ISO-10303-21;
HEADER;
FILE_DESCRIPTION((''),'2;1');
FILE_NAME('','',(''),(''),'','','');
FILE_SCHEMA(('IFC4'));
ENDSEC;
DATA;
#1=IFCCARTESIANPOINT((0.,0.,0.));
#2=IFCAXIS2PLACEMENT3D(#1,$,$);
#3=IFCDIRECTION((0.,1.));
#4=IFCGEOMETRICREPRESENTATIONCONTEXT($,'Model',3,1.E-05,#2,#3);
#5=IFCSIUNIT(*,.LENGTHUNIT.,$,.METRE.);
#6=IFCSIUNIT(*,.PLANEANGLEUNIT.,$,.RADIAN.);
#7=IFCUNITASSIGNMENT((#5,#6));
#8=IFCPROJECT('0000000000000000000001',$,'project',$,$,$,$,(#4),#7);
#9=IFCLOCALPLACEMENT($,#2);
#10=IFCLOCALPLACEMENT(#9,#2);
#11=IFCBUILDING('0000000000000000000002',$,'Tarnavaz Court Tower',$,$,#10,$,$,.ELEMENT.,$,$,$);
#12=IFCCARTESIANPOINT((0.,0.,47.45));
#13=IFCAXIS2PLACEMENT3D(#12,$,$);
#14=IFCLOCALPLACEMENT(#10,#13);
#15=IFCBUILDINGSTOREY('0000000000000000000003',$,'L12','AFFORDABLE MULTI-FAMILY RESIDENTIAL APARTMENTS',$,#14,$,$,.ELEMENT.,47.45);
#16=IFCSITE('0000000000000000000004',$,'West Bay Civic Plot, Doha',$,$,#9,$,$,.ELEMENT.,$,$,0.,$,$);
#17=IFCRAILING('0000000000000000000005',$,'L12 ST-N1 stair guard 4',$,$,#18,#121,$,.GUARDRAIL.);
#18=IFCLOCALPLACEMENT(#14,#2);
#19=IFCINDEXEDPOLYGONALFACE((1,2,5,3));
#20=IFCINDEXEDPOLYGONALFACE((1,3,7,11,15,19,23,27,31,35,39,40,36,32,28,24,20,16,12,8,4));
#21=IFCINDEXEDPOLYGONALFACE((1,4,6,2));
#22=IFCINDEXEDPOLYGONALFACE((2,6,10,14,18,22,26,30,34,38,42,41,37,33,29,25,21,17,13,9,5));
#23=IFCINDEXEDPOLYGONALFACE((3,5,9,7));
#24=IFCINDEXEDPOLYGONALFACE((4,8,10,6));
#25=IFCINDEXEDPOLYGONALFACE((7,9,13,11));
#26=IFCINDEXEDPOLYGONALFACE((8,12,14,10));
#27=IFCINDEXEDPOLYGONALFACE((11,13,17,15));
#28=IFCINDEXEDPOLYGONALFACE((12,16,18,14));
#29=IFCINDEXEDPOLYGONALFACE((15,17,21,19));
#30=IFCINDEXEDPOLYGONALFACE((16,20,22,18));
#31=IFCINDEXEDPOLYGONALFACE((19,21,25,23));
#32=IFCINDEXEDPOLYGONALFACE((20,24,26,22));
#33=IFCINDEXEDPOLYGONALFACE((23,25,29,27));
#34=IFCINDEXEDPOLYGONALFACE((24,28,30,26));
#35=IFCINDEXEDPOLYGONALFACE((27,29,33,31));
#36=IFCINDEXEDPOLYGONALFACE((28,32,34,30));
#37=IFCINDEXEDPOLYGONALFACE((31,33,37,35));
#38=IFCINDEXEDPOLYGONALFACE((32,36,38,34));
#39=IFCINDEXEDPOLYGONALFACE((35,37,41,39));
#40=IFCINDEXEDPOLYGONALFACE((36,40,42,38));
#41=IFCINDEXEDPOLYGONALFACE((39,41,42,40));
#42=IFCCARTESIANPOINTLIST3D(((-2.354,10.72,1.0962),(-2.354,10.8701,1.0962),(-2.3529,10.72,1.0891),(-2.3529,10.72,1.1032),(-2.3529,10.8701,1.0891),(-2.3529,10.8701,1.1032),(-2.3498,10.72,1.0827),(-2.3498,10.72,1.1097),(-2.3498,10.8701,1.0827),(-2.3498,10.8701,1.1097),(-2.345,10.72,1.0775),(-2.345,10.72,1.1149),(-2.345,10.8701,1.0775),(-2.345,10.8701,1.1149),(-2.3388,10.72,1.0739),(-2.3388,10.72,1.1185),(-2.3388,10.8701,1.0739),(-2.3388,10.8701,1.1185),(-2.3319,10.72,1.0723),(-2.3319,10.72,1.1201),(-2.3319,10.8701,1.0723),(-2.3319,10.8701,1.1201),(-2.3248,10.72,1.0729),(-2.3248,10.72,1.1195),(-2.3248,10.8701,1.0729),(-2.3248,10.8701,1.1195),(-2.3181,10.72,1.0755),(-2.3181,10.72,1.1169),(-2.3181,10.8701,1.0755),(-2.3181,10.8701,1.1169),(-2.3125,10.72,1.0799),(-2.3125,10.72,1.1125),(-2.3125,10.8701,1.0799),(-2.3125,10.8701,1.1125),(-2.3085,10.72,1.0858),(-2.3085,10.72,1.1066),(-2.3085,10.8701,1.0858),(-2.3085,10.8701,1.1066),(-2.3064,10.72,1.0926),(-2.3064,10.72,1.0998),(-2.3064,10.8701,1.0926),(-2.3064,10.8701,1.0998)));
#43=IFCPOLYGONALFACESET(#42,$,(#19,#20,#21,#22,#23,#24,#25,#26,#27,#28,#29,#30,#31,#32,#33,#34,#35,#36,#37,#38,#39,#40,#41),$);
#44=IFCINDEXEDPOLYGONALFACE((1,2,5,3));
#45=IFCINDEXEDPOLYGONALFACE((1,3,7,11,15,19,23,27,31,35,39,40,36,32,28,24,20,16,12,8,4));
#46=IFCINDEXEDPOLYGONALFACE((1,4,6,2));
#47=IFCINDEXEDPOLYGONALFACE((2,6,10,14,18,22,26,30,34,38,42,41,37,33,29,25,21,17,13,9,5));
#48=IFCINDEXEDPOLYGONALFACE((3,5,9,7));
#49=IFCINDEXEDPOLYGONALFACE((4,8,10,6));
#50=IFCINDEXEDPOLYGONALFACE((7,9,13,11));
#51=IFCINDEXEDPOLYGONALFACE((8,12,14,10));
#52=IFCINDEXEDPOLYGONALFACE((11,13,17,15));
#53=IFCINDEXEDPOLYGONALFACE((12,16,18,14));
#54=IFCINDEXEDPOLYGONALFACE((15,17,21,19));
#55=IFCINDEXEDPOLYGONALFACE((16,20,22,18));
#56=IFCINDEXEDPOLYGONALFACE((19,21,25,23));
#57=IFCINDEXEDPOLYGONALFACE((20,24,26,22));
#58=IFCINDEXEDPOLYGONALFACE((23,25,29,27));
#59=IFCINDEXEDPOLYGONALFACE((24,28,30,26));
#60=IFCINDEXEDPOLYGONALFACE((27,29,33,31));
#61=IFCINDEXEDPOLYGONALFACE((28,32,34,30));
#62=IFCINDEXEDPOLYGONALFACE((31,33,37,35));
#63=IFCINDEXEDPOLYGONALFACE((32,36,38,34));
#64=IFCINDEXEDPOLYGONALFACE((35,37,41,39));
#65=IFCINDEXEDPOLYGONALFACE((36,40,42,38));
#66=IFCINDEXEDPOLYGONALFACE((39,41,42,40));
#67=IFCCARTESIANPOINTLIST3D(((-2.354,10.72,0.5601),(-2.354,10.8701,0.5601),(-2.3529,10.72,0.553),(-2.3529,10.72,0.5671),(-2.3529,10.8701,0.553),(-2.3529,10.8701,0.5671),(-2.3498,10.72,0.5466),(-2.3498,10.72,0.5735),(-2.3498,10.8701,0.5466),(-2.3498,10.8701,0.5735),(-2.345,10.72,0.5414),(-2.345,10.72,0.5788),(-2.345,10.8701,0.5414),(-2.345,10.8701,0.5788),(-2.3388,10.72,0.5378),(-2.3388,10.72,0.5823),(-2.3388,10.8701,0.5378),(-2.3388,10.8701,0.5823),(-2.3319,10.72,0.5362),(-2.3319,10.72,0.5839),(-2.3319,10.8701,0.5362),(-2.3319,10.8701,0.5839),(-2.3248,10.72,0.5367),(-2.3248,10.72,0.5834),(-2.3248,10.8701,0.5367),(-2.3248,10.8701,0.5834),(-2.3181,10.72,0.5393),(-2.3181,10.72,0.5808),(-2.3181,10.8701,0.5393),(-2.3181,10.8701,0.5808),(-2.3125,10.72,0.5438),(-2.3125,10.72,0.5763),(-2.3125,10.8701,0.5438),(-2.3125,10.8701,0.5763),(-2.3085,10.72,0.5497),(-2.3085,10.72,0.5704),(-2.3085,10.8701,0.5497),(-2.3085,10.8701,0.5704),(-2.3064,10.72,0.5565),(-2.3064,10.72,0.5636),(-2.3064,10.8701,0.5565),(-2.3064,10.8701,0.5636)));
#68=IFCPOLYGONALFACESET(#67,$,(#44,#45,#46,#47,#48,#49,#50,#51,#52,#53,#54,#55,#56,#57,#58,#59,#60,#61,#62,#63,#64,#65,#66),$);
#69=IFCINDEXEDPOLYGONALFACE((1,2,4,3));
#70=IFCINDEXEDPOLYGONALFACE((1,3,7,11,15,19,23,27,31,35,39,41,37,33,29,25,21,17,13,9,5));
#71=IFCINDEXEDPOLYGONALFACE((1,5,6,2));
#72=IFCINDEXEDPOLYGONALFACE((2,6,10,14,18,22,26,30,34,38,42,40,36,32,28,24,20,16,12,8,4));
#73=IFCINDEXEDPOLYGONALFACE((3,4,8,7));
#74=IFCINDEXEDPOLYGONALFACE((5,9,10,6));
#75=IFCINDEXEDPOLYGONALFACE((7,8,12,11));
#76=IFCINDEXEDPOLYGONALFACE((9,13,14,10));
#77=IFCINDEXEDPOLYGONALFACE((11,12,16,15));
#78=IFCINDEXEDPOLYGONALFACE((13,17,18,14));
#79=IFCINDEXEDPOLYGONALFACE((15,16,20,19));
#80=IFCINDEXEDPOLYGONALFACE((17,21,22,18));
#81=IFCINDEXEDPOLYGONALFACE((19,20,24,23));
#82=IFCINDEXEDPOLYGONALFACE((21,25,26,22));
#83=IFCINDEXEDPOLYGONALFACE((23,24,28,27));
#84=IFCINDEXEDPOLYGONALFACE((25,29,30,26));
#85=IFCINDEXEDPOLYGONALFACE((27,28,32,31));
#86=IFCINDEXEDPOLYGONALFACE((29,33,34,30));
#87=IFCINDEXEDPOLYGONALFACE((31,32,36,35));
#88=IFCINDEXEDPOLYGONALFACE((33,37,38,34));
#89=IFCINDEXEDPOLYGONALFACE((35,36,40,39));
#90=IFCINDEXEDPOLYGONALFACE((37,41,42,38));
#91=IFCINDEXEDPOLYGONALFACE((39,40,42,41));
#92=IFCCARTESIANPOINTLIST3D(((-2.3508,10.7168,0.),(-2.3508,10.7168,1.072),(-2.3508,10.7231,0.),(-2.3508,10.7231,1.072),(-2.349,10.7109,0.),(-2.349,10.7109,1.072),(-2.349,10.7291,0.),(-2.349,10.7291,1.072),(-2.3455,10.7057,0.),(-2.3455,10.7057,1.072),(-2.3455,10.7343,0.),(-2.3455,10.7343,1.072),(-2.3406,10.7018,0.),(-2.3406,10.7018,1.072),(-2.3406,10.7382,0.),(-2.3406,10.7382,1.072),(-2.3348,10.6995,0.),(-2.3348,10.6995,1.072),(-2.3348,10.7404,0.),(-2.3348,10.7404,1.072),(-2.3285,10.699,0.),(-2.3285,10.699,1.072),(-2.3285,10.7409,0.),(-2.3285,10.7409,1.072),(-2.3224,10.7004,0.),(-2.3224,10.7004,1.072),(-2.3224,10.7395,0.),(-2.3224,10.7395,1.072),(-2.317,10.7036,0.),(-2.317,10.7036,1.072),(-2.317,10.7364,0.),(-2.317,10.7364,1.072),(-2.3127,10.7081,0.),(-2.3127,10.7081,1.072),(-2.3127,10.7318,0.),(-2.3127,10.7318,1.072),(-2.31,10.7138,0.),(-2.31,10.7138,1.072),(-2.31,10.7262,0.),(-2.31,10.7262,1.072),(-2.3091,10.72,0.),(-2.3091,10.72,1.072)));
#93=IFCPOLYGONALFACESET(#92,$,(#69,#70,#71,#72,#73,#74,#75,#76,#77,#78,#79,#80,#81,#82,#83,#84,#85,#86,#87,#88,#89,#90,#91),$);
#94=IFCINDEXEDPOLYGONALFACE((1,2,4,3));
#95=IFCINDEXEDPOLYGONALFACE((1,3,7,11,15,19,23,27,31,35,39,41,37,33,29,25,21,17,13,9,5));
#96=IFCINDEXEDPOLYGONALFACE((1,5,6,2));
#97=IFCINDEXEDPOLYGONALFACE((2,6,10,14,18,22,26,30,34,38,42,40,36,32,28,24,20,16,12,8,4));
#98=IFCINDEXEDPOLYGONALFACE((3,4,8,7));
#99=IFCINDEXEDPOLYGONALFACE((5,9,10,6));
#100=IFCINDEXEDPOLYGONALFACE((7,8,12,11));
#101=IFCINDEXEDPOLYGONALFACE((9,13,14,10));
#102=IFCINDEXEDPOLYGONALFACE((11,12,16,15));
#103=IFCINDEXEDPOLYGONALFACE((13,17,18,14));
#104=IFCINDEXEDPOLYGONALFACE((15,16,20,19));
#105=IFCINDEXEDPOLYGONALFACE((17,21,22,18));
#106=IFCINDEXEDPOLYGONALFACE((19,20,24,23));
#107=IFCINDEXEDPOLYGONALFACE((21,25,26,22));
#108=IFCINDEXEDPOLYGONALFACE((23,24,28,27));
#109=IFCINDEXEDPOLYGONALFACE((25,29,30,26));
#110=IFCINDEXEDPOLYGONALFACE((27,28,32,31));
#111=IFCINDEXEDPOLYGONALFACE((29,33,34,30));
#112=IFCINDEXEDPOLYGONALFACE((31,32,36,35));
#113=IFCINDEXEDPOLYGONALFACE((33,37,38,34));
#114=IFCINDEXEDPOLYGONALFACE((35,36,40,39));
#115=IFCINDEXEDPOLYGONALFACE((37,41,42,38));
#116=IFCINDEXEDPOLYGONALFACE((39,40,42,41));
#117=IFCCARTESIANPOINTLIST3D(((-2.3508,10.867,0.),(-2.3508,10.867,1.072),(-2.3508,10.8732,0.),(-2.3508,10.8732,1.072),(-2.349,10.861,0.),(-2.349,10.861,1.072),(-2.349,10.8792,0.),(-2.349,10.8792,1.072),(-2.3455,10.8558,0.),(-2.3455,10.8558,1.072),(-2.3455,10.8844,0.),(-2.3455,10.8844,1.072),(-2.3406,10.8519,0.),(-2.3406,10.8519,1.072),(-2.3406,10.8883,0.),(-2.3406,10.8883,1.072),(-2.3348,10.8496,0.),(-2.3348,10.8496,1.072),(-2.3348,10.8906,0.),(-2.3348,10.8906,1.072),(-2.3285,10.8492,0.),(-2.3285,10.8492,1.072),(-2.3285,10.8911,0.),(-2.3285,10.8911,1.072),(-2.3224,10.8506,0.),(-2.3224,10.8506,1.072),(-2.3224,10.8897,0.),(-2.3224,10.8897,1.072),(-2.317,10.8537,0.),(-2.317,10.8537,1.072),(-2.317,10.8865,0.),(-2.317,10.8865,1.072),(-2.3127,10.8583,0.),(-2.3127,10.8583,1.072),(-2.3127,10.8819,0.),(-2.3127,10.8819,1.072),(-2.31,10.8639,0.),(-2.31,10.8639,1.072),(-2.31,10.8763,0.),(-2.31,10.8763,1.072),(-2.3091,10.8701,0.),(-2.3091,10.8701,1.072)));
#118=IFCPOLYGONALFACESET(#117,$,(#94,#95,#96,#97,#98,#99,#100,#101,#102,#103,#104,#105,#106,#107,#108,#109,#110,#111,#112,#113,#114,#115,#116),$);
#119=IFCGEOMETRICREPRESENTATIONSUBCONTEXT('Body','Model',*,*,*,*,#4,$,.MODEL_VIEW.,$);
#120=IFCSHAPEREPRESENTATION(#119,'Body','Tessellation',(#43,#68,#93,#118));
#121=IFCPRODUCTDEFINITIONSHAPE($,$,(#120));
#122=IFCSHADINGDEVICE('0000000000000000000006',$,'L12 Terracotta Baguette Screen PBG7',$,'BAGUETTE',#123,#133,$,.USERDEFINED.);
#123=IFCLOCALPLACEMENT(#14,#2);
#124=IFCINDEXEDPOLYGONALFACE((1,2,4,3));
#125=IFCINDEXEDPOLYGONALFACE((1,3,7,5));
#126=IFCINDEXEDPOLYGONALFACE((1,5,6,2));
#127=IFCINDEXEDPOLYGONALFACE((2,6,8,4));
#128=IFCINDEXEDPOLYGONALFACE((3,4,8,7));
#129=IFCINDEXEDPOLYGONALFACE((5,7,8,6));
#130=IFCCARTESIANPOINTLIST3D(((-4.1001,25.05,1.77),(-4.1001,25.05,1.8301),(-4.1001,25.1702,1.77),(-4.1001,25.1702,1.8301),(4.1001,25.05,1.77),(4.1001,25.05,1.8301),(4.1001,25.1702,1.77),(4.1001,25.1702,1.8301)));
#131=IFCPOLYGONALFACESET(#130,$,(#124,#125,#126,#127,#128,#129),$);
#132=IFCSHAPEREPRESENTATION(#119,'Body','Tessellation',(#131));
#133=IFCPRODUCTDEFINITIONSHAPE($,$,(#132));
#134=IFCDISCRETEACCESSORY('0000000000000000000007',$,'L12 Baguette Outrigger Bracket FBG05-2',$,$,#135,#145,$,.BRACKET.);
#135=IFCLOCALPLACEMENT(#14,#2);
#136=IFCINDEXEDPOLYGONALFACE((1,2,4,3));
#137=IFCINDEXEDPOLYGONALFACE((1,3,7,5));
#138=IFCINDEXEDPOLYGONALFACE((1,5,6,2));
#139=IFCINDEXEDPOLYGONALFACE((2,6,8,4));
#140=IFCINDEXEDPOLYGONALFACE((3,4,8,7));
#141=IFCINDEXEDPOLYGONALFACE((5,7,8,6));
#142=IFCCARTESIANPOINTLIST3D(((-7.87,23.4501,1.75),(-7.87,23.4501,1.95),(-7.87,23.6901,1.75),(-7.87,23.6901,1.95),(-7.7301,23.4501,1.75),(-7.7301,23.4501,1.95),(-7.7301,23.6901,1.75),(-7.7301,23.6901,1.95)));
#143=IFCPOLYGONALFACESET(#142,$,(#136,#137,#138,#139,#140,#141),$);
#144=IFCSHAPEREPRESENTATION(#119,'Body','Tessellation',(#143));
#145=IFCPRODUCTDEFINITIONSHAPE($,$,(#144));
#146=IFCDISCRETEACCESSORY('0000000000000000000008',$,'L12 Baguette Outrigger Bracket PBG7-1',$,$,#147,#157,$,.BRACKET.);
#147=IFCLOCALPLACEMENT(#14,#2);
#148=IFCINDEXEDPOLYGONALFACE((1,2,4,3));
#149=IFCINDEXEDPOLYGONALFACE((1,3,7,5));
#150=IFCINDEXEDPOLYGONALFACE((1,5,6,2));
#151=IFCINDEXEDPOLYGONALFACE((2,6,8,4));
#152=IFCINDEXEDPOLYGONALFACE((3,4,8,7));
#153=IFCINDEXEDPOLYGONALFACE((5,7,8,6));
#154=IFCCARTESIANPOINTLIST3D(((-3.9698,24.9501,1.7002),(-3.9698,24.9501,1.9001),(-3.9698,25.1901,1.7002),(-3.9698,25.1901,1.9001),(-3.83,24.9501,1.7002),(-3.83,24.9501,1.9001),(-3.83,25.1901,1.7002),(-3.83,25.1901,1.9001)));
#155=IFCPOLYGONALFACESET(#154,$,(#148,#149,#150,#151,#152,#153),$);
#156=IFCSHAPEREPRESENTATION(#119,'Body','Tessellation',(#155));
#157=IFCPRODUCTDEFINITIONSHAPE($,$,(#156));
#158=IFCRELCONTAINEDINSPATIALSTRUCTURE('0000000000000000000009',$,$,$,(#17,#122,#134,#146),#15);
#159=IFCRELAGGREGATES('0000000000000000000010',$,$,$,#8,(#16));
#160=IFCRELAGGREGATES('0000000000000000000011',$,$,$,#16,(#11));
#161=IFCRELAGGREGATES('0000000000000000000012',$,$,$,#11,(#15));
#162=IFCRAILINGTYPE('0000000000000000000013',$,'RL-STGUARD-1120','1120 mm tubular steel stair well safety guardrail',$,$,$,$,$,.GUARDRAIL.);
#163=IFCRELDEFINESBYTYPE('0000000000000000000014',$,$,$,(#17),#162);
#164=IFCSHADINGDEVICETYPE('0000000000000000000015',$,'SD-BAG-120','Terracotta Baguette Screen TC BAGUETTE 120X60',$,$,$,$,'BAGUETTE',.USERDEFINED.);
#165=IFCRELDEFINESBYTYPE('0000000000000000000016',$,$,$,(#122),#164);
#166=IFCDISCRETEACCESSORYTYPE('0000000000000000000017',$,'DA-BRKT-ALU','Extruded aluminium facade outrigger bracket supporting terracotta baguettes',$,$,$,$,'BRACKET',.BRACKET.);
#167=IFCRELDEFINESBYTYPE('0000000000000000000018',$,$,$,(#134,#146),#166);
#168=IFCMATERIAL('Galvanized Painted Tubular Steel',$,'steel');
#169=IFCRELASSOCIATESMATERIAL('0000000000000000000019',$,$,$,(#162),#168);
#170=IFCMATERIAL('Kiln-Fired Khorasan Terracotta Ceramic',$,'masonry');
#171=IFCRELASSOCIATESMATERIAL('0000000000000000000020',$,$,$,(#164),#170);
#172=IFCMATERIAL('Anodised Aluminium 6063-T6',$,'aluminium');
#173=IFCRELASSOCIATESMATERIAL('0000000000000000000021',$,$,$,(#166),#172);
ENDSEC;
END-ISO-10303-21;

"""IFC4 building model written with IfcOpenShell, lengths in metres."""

from ifc_helpers import new_model, si_unit, direction, frame, origin, origin_2d, place, context, subcontext, project, spatial, rectangle, circle, extrude, material, material_profile, profile_set, type_object, element, save


model = new_model("IFC4")

# Units and contexts
model_context = context("Model", 3, precision=1e-05, world=origin(), true_north=direction((0.0, 1.0)))
body_context = subcontext(model_context, "Body", "Model", "MODEL_VIEW")
ifc_project = project(units=[si_unit("LENGTHUNIT", "METRE"), si_unit("PLANEANGLEUNIT", "RADIAN")], contexts=[model_context])

# Site, building, storey
site_placement = place(None, origin())
site = spatial("IfcSite", under=ifc_project, at=site_placement, Name="West Bay Civic Plot, Doha", CompositionType="ELEMENT", RefElevation=0.0)
building_placement = place(site_placement, origin())
building = spatial("IfcBuilding", under=site, at=building_placement, Name="Tarnavaz Court Tower", CompositionType="ELEMENT")
storey_placement = place(building_placement, frame((0.0, 0.0, 47.45)))
storey = spatial("IfcBuildingStorey", under=building, at=storey_placement, Name="L12", Description="AFFORDABLE MULTI-FAMILY RESIDENTIAL APARTMENTS", CompositionType="ELEMENT", Elevation=47.45)

# Shared definitions
ifc_material_1 = material(Name="Anodised Aluminium 6063-T6", Category="aluminium")

# Railing
ifc_material_2 = material(Name="Galvanized Painted Tubular Steel", Category="steel")
railing_type = type_object("IfcRailingType", Name="RL-STGUARD-1120", Description="1120 mm tubular steel stair well safety guardrail", PredefinedType="GUARDRAIL", material=ifc_material_2)
railing_1_placement = place(storey_placement, frame((-2.3301, 10.72, 0.0)))
element("IfcRailing", 1, at=railing_1_placement, inside=storey, type_object=railing_type, Name="L12 ST-N1 stair guard 4", PredefinedType="GUARDRAIL", context=body_context, shape_type="SweptSolid", body=[
    extrude(circle(Radius=0.0239, at=origin_2d()), frame((0.0, 0.0, 1.0962), z_axis=(0.0, 1.0, 0.0), x_axis=(-1.0, 0.0, 0.0)), (0.0, 0.0, 1.0), 0.1501),
    extrude(circle(Radius=0.0239, at=origin_2d()), frame((0.0, 0.0, 0.5601), z_axis=(0.0, 1.0, 0.0), x_axis=(-1.0, 0.0, 0.0)), (0.0, 0.0, 1.0), 0.1501),
    extrude(circle(Radius=0.021, at=origin_2d()), origin(), (0.0, 0.0, 1.0), 1.072),
    extrude(circle(Radius=0.021, at=origin_2d()), frame((0.0, 0.1501, 0.0)), (0.0, 0.0, 1.0), 1.072),
])

# Shading device
ifc_material_3 = material(Name="Kiln-Fired Khorasan Terracotta Ceramic", Category="masonry")
ifc_material_profile_1 = material_profile(ifc_material_3, rectangle(XDim=0.1201, YDim=0.0601, at=origin_2d()), Name="TC BAGUETTE 120X60")
ifc_profile_set_1 = profile_set([ifc_material_profile_1], Name="Kiln-Fired Khorasan Terracotta Ceramic")
shading_device_type = type_object("IfcShadingDeviceType", Name="SD-BAG-120", Description="Terracotta Baguette Screen TC BAGUETTE 120X60", ElementType="BAGUETTE", PredefinedType="USERDEFINED", material=ifc_profile_set_1)
shading_device_placement = place(storey_placement, frame((-4.1001, 25.1101, 1.8), z_axis=(1.0, 0.0, 0.0), x_axis=(0.0, 1.0, 0.0)))
element("IfcShadingDevice", 2, at=shading_device_placement, inside=storey, type_object=shading_device_type, Name="L12 Terracotta Baguette Screen PBG7", ObjectType="BAGUETTE", PredefinedType="USERDEFINED", context=body_context, shape_type="SweptSolid", body=[
    extrude(rectangle(XDim=0.1201, YDim=0.0601, at=origin_2d()), origin(), (0.0, 0.0, 1.0), 8.2002),
])

# Discrete accessories
discrete_accessory_type = type_object("IfcDiscreteAccessoryType", Name="DA-BRKT-ALU", Description="Extruded aluminium facade outrigger bracket supporting terracotta baguettes", ElementType="BRACKET", PredefinedType="BRACKET", material=ifc_material_1)
for number, where, z_axis, x_axis, name in (
    (3, (-7.8, 23.5701, 1.75), (0.0, 0.0, 1.0), (1.0, 0.0, 0.0), "L12 Baguette Outrigger Bracket FBG05-2"),
    (4, (-3.8999, 25.0701, 1.7002), (0.0, 0.0, 1.0), (1.0, 0.0, 0.0), "L12 Baguette Outrigger Bracket PBG7-1"),
):
    element("IfcDiscreteAccessory", number, at=place(storey_placement, frame(where, z_axis=z_axis, x_axis=x_axis)), inside=storey, type_object=discrete_accessory_type, Name=name, PredefinedType="BRACKET", context=body_context, shape_type="SweptSolid", body=[
        extrude(rectangle(XDim=0.1399, YDim=0.24, at=origin_2d()), origin(), (0.0, 0.0, 1.0), 0.2),
    ])

save(model, "model.ifc")
